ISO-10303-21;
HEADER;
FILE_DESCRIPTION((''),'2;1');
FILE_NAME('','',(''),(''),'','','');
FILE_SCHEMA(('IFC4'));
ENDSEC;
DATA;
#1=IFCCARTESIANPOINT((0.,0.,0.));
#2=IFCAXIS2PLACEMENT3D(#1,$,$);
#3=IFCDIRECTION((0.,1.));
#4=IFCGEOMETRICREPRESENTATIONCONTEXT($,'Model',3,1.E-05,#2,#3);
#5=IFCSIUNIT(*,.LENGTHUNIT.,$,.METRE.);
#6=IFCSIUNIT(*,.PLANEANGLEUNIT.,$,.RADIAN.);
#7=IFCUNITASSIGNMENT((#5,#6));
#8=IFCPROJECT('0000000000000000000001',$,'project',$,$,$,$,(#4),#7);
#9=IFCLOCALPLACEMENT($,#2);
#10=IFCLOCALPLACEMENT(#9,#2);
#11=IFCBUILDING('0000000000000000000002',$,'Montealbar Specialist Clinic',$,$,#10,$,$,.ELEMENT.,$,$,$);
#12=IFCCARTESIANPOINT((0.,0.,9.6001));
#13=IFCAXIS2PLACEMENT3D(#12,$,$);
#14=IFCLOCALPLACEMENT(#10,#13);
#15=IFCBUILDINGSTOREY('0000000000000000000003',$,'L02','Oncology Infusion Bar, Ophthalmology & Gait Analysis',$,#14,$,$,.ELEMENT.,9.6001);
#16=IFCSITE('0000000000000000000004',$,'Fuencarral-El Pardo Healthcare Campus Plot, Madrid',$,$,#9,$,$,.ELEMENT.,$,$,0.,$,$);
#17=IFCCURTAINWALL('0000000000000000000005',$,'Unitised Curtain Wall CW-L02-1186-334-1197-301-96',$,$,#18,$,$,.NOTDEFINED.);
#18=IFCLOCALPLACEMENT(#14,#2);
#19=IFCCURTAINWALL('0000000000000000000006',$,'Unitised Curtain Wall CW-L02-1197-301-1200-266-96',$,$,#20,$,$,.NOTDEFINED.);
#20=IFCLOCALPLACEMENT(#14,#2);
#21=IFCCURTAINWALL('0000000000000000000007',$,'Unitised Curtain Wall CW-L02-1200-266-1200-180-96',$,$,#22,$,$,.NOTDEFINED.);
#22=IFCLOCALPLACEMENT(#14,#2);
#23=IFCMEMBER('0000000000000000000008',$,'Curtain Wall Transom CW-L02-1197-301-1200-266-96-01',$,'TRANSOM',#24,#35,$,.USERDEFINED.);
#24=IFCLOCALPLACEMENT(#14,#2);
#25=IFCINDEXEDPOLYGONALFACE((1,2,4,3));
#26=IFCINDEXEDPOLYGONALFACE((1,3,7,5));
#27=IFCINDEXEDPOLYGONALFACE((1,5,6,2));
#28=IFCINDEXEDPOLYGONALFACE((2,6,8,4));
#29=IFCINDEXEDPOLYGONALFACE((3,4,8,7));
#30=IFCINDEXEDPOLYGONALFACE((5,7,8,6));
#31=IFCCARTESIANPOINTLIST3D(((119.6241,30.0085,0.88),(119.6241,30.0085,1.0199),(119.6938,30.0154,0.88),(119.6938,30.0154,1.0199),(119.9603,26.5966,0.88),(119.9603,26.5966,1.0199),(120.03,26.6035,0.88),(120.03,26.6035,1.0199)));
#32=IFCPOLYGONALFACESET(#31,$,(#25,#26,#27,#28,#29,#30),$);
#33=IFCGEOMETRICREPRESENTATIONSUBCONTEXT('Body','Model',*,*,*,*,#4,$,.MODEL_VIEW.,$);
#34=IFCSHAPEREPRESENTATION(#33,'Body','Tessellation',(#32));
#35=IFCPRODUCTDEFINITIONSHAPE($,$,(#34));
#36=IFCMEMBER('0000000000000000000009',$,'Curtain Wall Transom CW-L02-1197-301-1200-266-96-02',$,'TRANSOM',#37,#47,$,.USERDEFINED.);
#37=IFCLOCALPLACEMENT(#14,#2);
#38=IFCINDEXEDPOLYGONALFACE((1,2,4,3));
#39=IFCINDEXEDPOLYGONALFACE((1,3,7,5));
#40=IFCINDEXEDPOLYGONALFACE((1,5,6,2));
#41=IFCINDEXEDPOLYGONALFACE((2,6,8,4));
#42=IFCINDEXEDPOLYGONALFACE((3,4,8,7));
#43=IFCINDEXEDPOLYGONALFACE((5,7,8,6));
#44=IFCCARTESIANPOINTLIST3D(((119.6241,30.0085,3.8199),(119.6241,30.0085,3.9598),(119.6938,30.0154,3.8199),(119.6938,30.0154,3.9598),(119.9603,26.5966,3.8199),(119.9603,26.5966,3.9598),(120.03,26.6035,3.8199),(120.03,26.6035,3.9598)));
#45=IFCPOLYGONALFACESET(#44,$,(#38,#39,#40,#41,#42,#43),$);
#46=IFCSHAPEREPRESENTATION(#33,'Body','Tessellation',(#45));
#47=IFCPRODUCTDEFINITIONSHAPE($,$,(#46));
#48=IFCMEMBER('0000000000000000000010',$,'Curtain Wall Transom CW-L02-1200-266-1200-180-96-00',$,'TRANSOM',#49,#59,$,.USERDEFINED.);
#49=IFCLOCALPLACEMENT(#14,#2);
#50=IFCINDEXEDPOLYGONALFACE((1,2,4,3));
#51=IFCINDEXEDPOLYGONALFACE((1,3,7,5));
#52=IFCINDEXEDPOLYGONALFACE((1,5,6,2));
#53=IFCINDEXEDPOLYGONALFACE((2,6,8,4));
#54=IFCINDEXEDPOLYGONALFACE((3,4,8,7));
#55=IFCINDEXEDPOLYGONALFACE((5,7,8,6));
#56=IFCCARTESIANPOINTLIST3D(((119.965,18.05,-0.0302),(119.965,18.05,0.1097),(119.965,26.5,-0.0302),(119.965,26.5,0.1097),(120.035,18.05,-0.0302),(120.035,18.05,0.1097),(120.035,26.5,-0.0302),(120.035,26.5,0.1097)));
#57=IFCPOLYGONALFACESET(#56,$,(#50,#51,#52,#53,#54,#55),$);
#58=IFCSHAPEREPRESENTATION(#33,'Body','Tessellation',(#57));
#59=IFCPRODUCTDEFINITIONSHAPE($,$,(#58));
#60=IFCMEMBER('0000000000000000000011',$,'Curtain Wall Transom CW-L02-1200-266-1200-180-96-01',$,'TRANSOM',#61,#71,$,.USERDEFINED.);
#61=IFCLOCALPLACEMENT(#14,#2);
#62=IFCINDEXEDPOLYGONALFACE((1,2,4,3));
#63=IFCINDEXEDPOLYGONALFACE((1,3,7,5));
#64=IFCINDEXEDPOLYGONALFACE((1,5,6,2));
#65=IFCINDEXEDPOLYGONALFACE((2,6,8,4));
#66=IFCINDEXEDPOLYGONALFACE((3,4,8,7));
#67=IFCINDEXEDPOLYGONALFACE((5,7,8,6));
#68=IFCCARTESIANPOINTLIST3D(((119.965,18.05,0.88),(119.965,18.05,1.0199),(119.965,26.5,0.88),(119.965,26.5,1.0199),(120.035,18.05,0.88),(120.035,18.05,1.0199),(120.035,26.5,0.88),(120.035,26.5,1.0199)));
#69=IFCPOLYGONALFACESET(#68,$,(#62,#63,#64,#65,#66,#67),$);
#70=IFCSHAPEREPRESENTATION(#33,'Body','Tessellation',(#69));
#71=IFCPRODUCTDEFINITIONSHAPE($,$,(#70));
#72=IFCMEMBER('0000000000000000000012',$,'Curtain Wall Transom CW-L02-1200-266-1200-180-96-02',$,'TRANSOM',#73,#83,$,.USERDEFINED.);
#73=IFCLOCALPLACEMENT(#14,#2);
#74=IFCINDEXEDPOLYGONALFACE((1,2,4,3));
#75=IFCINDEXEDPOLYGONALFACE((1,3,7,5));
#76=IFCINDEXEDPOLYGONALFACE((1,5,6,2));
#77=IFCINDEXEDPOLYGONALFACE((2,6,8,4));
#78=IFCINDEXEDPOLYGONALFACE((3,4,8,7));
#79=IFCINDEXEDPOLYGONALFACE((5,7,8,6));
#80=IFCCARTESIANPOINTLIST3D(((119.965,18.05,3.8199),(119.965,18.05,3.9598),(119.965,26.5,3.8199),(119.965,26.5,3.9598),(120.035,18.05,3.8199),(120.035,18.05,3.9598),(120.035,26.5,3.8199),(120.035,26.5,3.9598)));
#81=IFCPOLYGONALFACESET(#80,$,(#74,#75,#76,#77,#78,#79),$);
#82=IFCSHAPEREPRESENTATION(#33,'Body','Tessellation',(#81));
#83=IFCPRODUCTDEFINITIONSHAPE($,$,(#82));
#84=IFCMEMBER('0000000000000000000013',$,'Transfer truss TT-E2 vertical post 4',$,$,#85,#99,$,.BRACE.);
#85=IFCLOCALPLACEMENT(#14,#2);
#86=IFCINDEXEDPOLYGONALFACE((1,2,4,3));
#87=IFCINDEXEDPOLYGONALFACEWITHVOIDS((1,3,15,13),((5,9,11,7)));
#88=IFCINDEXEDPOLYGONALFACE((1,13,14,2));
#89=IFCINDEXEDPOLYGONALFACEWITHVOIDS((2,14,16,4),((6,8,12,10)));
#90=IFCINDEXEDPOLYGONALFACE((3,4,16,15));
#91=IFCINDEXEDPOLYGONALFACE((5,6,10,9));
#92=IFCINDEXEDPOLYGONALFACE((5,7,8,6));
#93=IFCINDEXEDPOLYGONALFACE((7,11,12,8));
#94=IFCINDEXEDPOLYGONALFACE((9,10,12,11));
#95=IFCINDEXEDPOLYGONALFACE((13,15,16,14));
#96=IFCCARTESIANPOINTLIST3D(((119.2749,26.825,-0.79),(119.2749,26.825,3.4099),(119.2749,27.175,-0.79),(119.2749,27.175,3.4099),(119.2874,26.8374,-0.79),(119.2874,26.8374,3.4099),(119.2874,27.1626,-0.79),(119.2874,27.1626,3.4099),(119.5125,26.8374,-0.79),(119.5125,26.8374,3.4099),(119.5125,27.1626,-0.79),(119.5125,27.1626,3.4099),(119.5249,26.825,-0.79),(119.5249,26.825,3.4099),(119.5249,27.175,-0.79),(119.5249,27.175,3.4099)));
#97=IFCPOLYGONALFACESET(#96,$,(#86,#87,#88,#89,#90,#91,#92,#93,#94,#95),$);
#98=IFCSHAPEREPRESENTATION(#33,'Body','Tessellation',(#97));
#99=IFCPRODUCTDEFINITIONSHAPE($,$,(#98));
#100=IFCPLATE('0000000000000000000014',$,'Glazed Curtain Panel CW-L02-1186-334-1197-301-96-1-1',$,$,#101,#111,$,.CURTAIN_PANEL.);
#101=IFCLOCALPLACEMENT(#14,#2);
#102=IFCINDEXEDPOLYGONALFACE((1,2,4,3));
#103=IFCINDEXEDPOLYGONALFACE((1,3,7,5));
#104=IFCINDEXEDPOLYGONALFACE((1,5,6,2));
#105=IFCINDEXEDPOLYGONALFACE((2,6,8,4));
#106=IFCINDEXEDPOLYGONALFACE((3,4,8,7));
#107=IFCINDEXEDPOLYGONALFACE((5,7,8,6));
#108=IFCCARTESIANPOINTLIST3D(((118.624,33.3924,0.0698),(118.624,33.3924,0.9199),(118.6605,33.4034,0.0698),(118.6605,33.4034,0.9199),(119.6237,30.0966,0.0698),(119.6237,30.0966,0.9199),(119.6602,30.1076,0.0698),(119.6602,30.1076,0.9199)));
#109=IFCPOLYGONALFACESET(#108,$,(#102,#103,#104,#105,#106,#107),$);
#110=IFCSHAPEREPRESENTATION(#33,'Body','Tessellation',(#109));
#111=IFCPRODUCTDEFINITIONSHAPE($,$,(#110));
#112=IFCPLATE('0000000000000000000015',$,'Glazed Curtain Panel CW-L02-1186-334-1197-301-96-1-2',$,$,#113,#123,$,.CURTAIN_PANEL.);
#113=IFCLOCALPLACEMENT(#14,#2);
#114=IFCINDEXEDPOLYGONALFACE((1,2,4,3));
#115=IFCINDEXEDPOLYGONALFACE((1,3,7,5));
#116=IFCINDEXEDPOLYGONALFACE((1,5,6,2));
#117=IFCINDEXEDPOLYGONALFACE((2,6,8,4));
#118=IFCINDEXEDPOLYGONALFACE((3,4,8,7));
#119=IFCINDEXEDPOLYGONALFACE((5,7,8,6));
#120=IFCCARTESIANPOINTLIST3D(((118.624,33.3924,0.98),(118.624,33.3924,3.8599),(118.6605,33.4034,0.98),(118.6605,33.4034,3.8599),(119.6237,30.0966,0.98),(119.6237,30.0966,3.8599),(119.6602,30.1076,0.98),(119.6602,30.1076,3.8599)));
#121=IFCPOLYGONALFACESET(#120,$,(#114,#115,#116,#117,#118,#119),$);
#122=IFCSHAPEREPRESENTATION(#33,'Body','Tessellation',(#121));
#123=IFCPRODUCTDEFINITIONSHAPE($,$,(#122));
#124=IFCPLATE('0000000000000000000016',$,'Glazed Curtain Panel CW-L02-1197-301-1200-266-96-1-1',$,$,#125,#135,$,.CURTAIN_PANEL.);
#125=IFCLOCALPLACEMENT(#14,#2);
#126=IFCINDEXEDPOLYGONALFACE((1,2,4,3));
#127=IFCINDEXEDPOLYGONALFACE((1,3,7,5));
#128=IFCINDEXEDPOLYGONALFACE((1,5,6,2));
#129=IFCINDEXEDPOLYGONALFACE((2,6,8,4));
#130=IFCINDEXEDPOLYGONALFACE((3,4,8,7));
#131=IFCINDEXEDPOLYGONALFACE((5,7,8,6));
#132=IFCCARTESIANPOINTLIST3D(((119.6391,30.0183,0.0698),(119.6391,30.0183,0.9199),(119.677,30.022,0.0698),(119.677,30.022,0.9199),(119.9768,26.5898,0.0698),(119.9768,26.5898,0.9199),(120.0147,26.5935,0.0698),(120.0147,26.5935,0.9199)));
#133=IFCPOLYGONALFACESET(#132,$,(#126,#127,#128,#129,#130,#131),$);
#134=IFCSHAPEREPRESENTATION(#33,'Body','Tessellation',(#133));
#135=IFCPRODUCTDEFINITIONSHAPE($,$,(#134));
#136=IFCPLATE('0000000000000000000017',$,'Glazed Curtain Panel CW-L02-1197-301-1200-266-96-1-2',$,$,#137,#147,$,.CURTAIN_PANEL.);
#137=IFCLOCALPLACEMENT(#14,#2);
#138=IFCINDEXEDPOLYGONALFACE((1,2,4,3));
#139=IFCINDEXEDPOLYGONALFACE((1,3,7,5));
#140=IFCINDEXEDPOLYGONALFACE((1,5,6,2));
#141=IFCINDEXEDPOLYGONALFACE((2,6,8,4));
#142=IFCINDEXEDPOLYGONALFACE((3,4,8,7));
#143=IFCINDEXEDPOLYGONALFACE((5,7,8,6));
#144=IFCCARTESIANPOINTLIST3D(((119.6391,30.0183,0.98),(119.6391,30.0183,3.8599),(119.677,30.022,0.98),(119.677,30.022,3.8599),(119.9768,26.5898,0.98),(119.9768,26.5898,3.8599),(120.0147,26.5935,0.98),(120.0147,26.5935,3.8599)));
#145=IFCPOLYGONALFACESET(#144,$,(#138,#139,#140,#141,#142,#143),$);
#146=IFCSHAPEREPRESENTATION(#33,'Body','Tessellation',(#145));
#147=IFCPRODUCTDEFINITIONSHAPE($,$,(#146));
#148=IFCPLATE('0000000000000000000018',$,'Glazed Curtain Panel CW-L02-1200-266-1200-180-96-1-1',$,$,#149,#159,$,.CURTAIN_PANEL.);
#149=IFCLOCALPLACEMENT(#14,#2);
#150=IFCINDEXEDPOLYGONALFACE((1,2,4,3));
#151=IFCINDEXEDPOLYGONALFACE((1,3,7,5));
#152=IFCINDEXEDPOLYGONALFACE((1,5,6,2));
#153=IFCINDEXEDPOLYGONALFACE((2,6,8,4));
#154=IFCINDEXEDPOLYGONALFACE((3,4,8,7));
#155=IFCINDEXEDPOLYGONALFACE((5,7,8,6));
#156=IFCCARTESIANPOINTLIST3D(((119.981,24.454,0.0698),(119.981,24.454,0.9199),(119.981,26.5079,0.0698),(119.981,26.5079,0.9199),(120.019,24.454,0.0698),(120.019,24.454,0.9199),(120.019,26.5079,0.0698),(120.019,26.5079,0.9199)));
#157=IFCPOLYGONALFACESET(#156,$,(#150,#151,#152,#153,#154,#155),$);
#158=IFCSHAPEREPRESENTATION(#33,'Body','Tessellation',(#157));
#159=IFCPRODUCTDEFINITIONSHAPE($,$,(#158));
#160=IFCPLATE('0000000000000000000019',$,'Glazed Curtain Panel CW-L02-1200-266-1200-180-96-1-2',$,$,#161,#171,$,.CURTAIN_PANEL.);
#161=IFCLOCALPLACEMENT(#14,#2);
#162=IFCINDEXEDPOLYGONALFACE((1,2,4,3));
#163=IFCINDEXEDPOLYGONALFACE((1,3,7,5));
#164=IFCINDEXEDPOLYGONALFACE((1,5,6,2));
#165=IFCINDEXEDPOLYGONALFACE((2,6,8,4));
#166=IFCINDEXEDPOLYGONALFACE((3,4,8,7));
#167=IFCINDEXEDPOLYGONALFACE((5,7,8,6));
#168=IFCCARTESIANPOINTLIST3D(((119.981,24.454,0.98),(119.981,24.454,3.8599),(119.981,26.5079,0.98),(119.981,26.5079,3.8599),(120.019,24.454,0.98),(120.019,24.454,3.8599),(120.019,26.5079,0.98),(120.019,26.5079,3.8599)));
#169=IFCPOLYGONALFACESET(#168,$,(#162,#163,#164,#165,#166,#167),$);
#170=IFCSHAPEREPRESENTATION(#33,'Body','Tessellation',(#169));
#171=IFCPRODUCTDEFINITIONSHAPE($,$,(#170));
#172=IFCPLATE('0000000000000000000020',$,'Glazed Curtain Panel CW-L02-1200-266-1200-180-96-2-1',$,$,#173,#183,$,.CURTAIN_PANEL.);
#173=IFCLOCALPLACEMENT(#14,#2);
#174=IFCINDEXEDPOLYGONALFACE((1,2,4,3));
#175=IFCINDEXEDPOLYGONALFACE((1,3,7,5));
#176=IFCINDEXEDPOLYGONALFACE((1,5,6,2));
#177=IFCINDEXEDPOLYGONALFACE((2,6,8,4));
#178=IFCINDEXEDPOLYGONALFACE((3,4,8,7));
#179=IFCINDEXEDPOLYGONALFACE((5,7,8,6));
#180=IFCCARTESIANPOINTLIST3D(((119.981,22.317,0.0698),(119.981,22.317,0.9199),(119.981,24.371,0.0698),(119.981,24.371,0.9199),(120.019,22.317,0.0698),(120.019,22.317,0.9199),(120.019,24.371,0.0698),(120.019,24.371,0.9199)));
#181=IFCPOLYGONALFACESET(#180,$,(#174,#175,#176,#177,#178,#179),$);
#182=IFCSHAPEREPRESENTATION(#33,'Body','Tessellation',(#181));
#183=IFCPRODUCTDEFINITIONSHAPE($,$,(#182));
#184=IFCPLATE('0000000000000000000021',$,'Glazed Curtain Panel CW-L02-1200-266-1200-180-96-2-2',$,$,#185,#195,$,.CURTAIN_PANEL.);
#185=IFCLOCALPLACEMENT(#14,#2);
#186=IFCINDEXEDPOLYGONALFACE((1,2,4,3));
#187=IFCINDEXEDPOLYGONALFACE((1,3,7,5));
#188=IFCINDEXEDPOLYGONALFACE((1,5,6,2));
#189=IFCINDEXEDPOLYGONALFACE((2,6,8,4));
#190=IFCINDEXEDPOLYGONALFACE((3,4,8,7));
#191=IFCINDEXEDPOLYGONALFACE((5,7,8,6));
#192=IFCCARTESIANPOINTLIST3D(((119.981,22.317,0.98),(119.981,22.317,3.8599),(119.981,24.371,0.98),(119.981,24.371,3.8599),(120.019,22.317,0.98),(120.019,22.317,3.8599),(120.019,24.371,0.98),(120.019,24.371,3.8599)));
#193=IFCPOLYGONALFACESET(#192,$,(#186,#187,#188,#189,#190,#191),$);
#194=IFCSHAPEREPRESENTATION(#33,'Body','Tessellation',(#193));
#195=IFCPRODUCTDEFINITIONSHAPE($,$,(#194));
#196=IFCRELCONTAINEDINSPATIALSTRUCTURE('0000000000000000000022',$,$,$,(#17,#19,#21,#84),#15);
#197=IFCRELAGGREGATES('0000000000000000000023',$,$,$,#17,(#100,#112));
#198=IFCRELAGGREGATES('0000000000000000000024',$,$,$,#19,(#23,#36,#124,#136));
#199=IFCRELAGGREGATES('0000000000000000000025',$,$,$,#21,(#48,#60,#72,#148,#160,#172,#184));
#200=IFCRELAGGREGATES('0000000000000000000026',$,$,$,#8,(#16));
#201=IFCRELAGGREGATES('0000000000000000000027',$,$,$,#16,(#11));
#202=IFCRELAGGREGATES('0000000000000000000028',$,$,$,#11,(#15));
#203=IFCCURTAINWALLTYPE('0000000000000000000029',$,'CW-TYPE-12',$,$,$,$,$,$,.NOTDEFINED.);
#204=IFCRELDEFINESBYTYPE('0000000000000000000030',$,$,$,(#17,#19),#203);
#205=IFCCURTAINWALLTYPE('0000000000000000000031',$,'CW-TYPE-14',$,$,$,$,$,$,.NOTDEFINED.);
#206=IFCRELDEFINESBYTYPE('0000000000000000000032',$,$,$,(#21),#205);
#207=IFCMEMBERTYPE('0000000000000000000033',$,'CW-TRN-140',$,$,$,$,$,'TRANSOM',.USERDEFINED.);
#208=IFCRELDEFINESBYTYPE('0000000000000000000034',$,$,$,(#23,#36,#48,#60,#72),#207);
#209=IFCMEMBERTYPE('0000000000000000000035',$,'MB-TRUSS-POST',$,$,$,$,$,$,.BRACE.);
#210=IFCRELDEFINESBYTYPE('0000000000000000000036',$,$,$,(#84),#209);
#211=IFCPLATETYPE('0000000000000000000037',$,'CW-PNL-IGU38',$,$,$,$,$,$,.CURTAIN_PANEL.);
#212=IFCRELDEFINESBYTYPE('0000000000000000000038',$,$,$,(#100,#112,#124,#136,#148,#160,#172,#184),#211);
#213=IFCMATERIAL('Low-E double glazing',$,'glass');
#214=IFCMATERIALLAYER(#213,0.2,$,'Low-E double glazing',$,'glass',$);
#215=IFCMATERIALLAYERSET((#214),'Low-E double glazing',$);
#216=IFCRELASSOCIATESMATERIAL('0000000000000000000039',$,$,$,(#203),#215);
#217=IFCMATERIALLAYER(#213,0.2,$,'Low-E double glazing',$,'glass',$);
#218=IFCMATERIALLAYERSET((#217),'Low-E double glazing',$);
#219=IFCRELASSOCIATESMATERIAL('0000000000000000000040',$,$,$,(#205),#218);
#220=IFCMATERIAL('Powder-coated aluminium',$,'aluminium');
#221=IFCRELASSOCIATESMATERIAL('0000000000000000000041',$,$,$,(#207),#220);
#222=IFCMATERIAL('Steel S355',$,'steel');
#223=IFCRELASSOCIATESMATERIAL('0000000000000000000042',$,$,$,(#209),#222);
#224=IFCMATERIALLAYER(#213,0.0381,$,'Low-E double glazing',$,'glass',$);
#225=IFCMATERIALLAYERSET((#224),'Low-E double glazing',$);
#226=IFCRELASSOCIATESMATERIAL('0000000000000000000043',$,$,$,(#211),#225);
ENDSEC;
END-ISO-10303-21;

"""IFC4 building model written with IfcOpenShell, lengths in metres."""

from ifc_helpers import new_model, si_unit, direction, frame, origin, origin_2d, place, context, subcontext, project, spatial, rectangle, hollow_rectangle, extrude, material, layer, layer_set, material_profile, profile_set, type_object, element, aggregate, save


model = new_model("IFC4")

# Units and contexts
model_context = context("Model", 3, precision=1e-05, world=origin(), true_north=direction((0.0, 1.0)))
body_context = subcontext(model_context, "Body", "Model", "MODEL_VIEW")
ifc_project = project(units=[si_unit("LENGTHUNIT", "METRE"), si_unit("PLANEANGLEUNIT", "RADIAN")], contexts=[model_context])

# Site, building, storey
site_placement = place(None, origin())
site = spatial("IfcSite", under=ifc_project, at=site_placement, Name="Fuencarral-El Pardo Healthcare Campus Plot, Madrid", CompositionType="ELEMENT", RefElevation=0.0)
building_placement = place(site_placement, origin())
building = spatial("IfcBuilding", under=site, at=building_placement, Name="Montealbar Specialist Clinic", CompositionType="ELEMENT")
storey_placement = place(building_placement, frame((0.0, 0.0, 9.6001)))
storey = spatial("IfcBuildingStorey", under=building, at=storey_placement, Name="L02", Description="Oncology Infusion Bar, Ophthalmology & Gait Analysis", CompositionType="ELEMENT", Elevation=9.6001)

# Shared definitions
ifc_material_1 = material(Name="Steel S355", Category="steel")

# Curtain wall
ifc_material_2 = material(Name="Low-E double glazing", Category="glass")
ifc_layer_1 = layer(ifc_material_2, 0.2, Name="Low-E double glazing", Category="glass")
ifc_layer_set_1 = layer_set([ifc_layer_1], Name="Low-E double glazing")
curtain_wall_type_1 = type_object("IfcCurtainWallType", Name="CW-TYPE-12", PredefinedType="NOTDEFINED", material=ifc_layer_set_1)
curtain_wall_1_placement = place(storey_placement, origin())
curtain_wall_1 = element("IfcCurtainWall", 1, at=curtain_wall_1_placement, inside=storey, type_object=curtain_wall_type_1, Name="Unitised Curtain Wall CW-L02-1186-334-1197-301-96", PredefinedType="NOTDEFINED")

# Curtain walls
curtain_wall_2_placement = place(storey_placement, origin())
curtain_wall_2 = element("IfcCurtainWall", 2, at=curtain_wall_2_placement, inside=storey, type_object=curtain_wall_type_1, Name="Unitised Curtain Wall CW-L02-1197-301-1200-266-96", PredefinedType="NOTDEFINED")
ifc_layer_2 = layer(ifc_material_2, 0.2, Name="Low-E double glazing", Category="glass")
ifc_layer_set_2 = layer_set([ifc_layer_2], Name="Low-E double glazing")
curtain_wall_type_2 = type_object("IfcCurtainWallType", Name="CW-TYPE-14", PredefinedType="NOTDEFINED", material=ifc_layer_set_2)
curtain_wall_3_placement = place(storey_placement, origin())
curtain_wall_3 = element("IfcCurtainWall", 3, at=curtain_wall_3_placement, inside=storey, type_object=curtain_wall_type_2, Name="Unitised Curtain Wall CW-L02-1200-266-1200-180-96", PredefinedType="NOTDEFINED")

# Members
ifc_material_3 = material(Name="Powder-coated aluminium", Category="aluminium")
ifc_material_profile_1 = material_profile(ifc_material_3, rectangle(XDim=0.0701, YDim=0.1399, at=origin_2d()), Name="ALU 70x140", Category="aluminium")
ifc_profile_set_1 = profile_set([ifc_material_profile_1], Name="Powder-coated aluminium")
member_type_1 = type_object("IfcMemberType", Name="CW-TRN-140", ElementType="TRANSOM", PredefinedType="USERDEFINED", material=ifc_profile_set_1)
member_1_placement = place(storey_placement, frame((119.6589, 30.012, 0.95), z_axis=(0.098058, -0.995181, 0.0), x_axis=(0.995181, 0.098058, 0.0)))
member_1 = element("IfcMember", 4, at=member_1_placement, type_object=member_type_1, Name="Curtain Wall Transom CW-L02-1197-301-1200-266-96-01", ObjectType="TRANSOM", PredefinedType="USERDEFINED", context=body_context, shape_type="SweptSolid", body=[
    extrude(rectangle(XDim=0.0701, YDim=0.1399, at=origin_2d()), origin(), (0.0, 0.0, 1.0), 3.4285),
])
member_2_placement = place(storey_placement, frame((119.6589, 30.012, 3.8899), z_axis=(0.098058, -0.995181, 0.0), x_axis=(0.995181, 0.098058, 0.0)))
member_2 = element("IfcMember", 5, at=member_2_placement, type_object=member_type_1, Name="Curtain Wall Transom CW-L02-1197-301-1200-266-96-02", ObjectType="TRANSOM", PredefinedType="USERDEFINED", context=body_context, shape_type="SweptSolid", body=[
    extrude(rectangle(XDim=0.0701, YDim=0.1399, at=origin_2d()), origin(), (0.0, 0.0, 1.0), 3.4285),
])
member_3_placement = place(storey_placement, frame((120.0, 26.5, 0.0398), z_axis=(0.0, -1.0, 0.0), x_axis=(1.0, 0.0, 0.0)))
member_3 = element("IfcMember", 6, at=member_3_placement, type_object=member_type_1, Name="Curtain Wall Transom CW-L02-1200-266-1200-180-96-00", ObjectType="TRANSOM", PredefinedType="USERDEFINED", context=body_context, shape_type="SweptSolid", body=[
    extrude(rectangle(XDim=0.0701, YDim=0.1399, at=origin_2d()), origin(), (0.0, 0.0, 1.0), 8.45),
])
member_4_placement = place(storey_placement, frame((120.0, 26.5, 0.95), z_axis=(0.0, -1.0, 0.0), x_axis=(1.0, 0.0, 0.0)))
member_4 = element("IfcMember", 7, at=member_4_placement, type_object=member_type_1, Name="Curtain Wall Transom CW-L02-1200-266-1200-180-96-01", ObjectType="TRANSOM", PredefinedType="USERDEFINED", context=body_context, shape_type="SweptSolid", body=[
    extrude(rectangle(XDim=0.0701, YDim=0.1399, at=origin_2d()), origin(), (0.0, 0.0, 1.0), 8.45),
])
member_5_placement = place(storey_placement, frame((120.0, 26.5, 3.8899), z_axis=(0.0, -1.0, 0.0), x_axis=(1.0, 0.0, 0.0)))
member_5 = element("IfcMember", 8, at=member_5_placement, type_object=member_type_1, Name="Curtain Wall Transom CW-L02-1200-266-1200-180-96-02", ObjectType="TRANSOM", PredefinedType="USERDEFINED", context=body_context, shape_type="SweptSolid", body=[
    extrude(rectangle(XDim=0.0701, YDim=0.1399, at=origin_2d()), origin(), (0.0, 0.0, 1.0), 8.45),
])
ifc_material_profile_2 = material_profile(ifc_material_1, hollow_rectangle(XDim=0.25, YDim=0.3501, WallThickness=0.0125, at=origin_2d()), Name="RHS 350x250x12.5", Category="steel")
ifc_profile_set_2 = profile_set([ifc_material_profile_2], Name="Steel S355")
member_type_2 = type_object("IfcMemberType", Name="MB-TRUSS-POST", PredefinedType="BRACE", material=ifc_profile_set_2)
member_6_placement = place(storey_placement, frame((119.3999, 27.0, -0.79), z_axis=(0.0, 0.0, 1.0), x_axis=(1.0, 0.0, 0.0)))
element("IfcMember", 9, at=member_6_placement, inside=storey, type_object=member_type_2, Name="Transfer truss TT-E2 vertical post 4", PredefinedType="BRACE", context=body_context, shape_type="SweptSolid", body=[
    extrude(hollow_rectangle(XDim=0.25, YDim=0.3501, WallThickness=0.0125, at=origin_2d()), origin(), (0.0, 0.0, 1.0), 4.2),
])

# Plates
ifc_layer_3 = layer(ifc_material_2, 0.0381, Name="Low-E double glazing", Category="glass")
ifc_layer_set_3 = layer_set([ifc_layer_3], Name="Low-E double glazing")
plate_type_1 = type_object("IfcPlateType", Name="CW-PNL-IGU38", PredefinedType="CURTAIN_PANEL", material=ifc_layer_set_3)
plate_1_placement = place(storey_placement, frame((119.1421, 31.75, 0.0698), z_axis=(0.0, 0.0, 1.0), x_axis=(0.290259, -0.956948, 0.0)))
plate_1 = element("IfcPlate", 10, at=plate_1_placement, type_object=plate_type_1, Name="Glazed Curtain Panel CW-L02-1186-334-1197-301-96-1-1", PredefinedType="CURTAIN_PANEL", context=body_context, shape_type="SweptSolid", body=[
    extrude(rectangle(XDim=3.4441, YDim=0.0381, at=origin_2d()), origin(), (0.0, 0.0, 1.0), 0.8501),
])
plate_2_placement = place(storey_placement, frame((119.1421, 31.75, 0.98), z_axis=(0.0, 0.0, 1.0), x_axis=(0.290259, -0.956948, 0.0)))
plate_2 = element("IfcPlate", 11, at=plate_2_placement, type_object=plate_type_1, Name="Glazed Curtain Panel CW-L02-1186-334-1197-301-96-1-2", PredefinedType="CURTAIN_PANEL", context=body_context, shape_type="SweptSolid", body=[
    extrude(rectangle(XDim=3.4441, YDim=0.0381, at=origin_2d()), origin(), (0.0, 0.0, 1.0), 2.8799),
])
aggregate(curtain_wall_1, [plate_1, plate_2])
plate_3_placement = place(storey_placement, frame((119.8269, 28.3059, 0.0698), z_axis=(0.0, 0.0, 1.0), x_axis=(0.098045, -0.995182, 0.0)))
plate_3 = element("IfcPlate", 12, at=plate_3_placement, type_object=plate_type_1, Name="Glazed Curtain Panel CW-L02-1197-301-1200-266-96-1-1", PredefinedType="CURTAIN_PANEL", context=body_context, shape_type="SweptSolid", body=[
    extrude(rectangle(XDim=3.4451, YDim=0.0381, at=origin_2d()), origin(), (0.0, 0.0, 1.0), 0.8501),
])
plate_4_placement = place(storey_placement, frame((119.8269, 28.3059, 0.98), z_axis=(0.0, 0.0, 1.0), x_axis=(0.098045, -0.995182, 0.0)))
plate_4 = element("IfcPlate", 13, at=plate_4_placement, type_object=plate_type_1, Name="Glazed Curtain Panel CW-L02-1197-301-1200-266-96-1-2", PredefinedType="CURTAIN_PANEL", context=body_context, shape_type="SweptSolid", body=[
    extrude(rectangle(XDim=3.4451, YDim=0.0381, at=origin_2d()), origin(), (0.0, 0.0, 1.0), 2.8799),
])
aggregate(curtain_wall_2, [member_1, member_2, plate_3, plate_4])
plate_5_placement = place(storey_placement, frame((120.0, 25.481, 0.0698), z_axis=(0.0, 0.0, 1.0), x_axis=(0.0, -1.0, 0.0)))
plate_5 = element("IfcPlate", 14, at=plate_5_placement, type_object=plate_type_1, Name="Glazed Curtain Panel CW-L02-1200-266-1200-180-96-1-1", PredefinedType="CURTAIN_PANEL", context=body_context, shape_type="SweptSolid", body=[
    extrude(rectangle(XDim=2.054, YDim=0.0381, at=origin_2d()), origin(), (0.0, 0.0, 1.0), 0.8501),
])
plate_6_placement = place(storey_placement, frame((120.0, 25.481, 0.98), z_axis=(0.0, 0.0, 1.0), x_axis=(0.0, -1.0, 0.0)))
plate_6 = element("IfcPlate", 15, at=plate_6_placement, type_object=plate_type_1, Name="Glazed Curtain Panel CW-L02-1200-266-1200-180-96-1-2", PredefinedType="CURTAIN_PANEL", context=body_context, shape_type="SweptSolid", body=[
    extrude(rectangle(XDim=2.054, YDim=0.0381, at=origin_2d()), origin(), (0.0, 0.0, 1.0), 2.8799),
])
plate_7_placement = place(storey_placement, frame((120.0, 23.344, 0.0698), z_axis=(0.0, 0.0, 1.0), x_axis=(0.0, -1.0, 0.0)))
plate_7 = element("IfcPlate", 16, at=plate_7_placement, type_object=plate_type_1, Name="Glazed Curtain Panel CW-L02-1200-266-1200-180-96-2-1", PredefinedType="CURTAIN_PANEL", context=body_context, shape_type="SweptSolid", body=[
    extrude(rectangle(XDim=2.054, YDim=0.0381, at=origin_2d()), origin(), (0.0, 0.0, 1.0), 0.8501),
])
plate_8_placement = place(storey_placement, frame((120.0, 23.344, 0.98), z_axis=(0.0, 0.0, 1.0), x_axis=(0.0, -1.0, 0.0)))
plate_8 = element("IfcPlate", 17, at=plate_8_placement, type_object=plate_type_1, Name="Glazed Curtain Panel CW-L02-1200-266-1200-180-96-2-2", PredefinedType="CURTAIN_PANEL", context=body_context, shape_type="SweptSolid", body=[
    extrude(rectangle(XDim=2.054, YDim=0.0381, at=origin_2d()), origin(), (0.0, 0.0, 1.0), 2.8799),
])
aggregate(curtain_wall_3, [member_3, member_4, member_5, plate_5, plate_6, plate_7, plate_8])

save(model, "model.ifc")
